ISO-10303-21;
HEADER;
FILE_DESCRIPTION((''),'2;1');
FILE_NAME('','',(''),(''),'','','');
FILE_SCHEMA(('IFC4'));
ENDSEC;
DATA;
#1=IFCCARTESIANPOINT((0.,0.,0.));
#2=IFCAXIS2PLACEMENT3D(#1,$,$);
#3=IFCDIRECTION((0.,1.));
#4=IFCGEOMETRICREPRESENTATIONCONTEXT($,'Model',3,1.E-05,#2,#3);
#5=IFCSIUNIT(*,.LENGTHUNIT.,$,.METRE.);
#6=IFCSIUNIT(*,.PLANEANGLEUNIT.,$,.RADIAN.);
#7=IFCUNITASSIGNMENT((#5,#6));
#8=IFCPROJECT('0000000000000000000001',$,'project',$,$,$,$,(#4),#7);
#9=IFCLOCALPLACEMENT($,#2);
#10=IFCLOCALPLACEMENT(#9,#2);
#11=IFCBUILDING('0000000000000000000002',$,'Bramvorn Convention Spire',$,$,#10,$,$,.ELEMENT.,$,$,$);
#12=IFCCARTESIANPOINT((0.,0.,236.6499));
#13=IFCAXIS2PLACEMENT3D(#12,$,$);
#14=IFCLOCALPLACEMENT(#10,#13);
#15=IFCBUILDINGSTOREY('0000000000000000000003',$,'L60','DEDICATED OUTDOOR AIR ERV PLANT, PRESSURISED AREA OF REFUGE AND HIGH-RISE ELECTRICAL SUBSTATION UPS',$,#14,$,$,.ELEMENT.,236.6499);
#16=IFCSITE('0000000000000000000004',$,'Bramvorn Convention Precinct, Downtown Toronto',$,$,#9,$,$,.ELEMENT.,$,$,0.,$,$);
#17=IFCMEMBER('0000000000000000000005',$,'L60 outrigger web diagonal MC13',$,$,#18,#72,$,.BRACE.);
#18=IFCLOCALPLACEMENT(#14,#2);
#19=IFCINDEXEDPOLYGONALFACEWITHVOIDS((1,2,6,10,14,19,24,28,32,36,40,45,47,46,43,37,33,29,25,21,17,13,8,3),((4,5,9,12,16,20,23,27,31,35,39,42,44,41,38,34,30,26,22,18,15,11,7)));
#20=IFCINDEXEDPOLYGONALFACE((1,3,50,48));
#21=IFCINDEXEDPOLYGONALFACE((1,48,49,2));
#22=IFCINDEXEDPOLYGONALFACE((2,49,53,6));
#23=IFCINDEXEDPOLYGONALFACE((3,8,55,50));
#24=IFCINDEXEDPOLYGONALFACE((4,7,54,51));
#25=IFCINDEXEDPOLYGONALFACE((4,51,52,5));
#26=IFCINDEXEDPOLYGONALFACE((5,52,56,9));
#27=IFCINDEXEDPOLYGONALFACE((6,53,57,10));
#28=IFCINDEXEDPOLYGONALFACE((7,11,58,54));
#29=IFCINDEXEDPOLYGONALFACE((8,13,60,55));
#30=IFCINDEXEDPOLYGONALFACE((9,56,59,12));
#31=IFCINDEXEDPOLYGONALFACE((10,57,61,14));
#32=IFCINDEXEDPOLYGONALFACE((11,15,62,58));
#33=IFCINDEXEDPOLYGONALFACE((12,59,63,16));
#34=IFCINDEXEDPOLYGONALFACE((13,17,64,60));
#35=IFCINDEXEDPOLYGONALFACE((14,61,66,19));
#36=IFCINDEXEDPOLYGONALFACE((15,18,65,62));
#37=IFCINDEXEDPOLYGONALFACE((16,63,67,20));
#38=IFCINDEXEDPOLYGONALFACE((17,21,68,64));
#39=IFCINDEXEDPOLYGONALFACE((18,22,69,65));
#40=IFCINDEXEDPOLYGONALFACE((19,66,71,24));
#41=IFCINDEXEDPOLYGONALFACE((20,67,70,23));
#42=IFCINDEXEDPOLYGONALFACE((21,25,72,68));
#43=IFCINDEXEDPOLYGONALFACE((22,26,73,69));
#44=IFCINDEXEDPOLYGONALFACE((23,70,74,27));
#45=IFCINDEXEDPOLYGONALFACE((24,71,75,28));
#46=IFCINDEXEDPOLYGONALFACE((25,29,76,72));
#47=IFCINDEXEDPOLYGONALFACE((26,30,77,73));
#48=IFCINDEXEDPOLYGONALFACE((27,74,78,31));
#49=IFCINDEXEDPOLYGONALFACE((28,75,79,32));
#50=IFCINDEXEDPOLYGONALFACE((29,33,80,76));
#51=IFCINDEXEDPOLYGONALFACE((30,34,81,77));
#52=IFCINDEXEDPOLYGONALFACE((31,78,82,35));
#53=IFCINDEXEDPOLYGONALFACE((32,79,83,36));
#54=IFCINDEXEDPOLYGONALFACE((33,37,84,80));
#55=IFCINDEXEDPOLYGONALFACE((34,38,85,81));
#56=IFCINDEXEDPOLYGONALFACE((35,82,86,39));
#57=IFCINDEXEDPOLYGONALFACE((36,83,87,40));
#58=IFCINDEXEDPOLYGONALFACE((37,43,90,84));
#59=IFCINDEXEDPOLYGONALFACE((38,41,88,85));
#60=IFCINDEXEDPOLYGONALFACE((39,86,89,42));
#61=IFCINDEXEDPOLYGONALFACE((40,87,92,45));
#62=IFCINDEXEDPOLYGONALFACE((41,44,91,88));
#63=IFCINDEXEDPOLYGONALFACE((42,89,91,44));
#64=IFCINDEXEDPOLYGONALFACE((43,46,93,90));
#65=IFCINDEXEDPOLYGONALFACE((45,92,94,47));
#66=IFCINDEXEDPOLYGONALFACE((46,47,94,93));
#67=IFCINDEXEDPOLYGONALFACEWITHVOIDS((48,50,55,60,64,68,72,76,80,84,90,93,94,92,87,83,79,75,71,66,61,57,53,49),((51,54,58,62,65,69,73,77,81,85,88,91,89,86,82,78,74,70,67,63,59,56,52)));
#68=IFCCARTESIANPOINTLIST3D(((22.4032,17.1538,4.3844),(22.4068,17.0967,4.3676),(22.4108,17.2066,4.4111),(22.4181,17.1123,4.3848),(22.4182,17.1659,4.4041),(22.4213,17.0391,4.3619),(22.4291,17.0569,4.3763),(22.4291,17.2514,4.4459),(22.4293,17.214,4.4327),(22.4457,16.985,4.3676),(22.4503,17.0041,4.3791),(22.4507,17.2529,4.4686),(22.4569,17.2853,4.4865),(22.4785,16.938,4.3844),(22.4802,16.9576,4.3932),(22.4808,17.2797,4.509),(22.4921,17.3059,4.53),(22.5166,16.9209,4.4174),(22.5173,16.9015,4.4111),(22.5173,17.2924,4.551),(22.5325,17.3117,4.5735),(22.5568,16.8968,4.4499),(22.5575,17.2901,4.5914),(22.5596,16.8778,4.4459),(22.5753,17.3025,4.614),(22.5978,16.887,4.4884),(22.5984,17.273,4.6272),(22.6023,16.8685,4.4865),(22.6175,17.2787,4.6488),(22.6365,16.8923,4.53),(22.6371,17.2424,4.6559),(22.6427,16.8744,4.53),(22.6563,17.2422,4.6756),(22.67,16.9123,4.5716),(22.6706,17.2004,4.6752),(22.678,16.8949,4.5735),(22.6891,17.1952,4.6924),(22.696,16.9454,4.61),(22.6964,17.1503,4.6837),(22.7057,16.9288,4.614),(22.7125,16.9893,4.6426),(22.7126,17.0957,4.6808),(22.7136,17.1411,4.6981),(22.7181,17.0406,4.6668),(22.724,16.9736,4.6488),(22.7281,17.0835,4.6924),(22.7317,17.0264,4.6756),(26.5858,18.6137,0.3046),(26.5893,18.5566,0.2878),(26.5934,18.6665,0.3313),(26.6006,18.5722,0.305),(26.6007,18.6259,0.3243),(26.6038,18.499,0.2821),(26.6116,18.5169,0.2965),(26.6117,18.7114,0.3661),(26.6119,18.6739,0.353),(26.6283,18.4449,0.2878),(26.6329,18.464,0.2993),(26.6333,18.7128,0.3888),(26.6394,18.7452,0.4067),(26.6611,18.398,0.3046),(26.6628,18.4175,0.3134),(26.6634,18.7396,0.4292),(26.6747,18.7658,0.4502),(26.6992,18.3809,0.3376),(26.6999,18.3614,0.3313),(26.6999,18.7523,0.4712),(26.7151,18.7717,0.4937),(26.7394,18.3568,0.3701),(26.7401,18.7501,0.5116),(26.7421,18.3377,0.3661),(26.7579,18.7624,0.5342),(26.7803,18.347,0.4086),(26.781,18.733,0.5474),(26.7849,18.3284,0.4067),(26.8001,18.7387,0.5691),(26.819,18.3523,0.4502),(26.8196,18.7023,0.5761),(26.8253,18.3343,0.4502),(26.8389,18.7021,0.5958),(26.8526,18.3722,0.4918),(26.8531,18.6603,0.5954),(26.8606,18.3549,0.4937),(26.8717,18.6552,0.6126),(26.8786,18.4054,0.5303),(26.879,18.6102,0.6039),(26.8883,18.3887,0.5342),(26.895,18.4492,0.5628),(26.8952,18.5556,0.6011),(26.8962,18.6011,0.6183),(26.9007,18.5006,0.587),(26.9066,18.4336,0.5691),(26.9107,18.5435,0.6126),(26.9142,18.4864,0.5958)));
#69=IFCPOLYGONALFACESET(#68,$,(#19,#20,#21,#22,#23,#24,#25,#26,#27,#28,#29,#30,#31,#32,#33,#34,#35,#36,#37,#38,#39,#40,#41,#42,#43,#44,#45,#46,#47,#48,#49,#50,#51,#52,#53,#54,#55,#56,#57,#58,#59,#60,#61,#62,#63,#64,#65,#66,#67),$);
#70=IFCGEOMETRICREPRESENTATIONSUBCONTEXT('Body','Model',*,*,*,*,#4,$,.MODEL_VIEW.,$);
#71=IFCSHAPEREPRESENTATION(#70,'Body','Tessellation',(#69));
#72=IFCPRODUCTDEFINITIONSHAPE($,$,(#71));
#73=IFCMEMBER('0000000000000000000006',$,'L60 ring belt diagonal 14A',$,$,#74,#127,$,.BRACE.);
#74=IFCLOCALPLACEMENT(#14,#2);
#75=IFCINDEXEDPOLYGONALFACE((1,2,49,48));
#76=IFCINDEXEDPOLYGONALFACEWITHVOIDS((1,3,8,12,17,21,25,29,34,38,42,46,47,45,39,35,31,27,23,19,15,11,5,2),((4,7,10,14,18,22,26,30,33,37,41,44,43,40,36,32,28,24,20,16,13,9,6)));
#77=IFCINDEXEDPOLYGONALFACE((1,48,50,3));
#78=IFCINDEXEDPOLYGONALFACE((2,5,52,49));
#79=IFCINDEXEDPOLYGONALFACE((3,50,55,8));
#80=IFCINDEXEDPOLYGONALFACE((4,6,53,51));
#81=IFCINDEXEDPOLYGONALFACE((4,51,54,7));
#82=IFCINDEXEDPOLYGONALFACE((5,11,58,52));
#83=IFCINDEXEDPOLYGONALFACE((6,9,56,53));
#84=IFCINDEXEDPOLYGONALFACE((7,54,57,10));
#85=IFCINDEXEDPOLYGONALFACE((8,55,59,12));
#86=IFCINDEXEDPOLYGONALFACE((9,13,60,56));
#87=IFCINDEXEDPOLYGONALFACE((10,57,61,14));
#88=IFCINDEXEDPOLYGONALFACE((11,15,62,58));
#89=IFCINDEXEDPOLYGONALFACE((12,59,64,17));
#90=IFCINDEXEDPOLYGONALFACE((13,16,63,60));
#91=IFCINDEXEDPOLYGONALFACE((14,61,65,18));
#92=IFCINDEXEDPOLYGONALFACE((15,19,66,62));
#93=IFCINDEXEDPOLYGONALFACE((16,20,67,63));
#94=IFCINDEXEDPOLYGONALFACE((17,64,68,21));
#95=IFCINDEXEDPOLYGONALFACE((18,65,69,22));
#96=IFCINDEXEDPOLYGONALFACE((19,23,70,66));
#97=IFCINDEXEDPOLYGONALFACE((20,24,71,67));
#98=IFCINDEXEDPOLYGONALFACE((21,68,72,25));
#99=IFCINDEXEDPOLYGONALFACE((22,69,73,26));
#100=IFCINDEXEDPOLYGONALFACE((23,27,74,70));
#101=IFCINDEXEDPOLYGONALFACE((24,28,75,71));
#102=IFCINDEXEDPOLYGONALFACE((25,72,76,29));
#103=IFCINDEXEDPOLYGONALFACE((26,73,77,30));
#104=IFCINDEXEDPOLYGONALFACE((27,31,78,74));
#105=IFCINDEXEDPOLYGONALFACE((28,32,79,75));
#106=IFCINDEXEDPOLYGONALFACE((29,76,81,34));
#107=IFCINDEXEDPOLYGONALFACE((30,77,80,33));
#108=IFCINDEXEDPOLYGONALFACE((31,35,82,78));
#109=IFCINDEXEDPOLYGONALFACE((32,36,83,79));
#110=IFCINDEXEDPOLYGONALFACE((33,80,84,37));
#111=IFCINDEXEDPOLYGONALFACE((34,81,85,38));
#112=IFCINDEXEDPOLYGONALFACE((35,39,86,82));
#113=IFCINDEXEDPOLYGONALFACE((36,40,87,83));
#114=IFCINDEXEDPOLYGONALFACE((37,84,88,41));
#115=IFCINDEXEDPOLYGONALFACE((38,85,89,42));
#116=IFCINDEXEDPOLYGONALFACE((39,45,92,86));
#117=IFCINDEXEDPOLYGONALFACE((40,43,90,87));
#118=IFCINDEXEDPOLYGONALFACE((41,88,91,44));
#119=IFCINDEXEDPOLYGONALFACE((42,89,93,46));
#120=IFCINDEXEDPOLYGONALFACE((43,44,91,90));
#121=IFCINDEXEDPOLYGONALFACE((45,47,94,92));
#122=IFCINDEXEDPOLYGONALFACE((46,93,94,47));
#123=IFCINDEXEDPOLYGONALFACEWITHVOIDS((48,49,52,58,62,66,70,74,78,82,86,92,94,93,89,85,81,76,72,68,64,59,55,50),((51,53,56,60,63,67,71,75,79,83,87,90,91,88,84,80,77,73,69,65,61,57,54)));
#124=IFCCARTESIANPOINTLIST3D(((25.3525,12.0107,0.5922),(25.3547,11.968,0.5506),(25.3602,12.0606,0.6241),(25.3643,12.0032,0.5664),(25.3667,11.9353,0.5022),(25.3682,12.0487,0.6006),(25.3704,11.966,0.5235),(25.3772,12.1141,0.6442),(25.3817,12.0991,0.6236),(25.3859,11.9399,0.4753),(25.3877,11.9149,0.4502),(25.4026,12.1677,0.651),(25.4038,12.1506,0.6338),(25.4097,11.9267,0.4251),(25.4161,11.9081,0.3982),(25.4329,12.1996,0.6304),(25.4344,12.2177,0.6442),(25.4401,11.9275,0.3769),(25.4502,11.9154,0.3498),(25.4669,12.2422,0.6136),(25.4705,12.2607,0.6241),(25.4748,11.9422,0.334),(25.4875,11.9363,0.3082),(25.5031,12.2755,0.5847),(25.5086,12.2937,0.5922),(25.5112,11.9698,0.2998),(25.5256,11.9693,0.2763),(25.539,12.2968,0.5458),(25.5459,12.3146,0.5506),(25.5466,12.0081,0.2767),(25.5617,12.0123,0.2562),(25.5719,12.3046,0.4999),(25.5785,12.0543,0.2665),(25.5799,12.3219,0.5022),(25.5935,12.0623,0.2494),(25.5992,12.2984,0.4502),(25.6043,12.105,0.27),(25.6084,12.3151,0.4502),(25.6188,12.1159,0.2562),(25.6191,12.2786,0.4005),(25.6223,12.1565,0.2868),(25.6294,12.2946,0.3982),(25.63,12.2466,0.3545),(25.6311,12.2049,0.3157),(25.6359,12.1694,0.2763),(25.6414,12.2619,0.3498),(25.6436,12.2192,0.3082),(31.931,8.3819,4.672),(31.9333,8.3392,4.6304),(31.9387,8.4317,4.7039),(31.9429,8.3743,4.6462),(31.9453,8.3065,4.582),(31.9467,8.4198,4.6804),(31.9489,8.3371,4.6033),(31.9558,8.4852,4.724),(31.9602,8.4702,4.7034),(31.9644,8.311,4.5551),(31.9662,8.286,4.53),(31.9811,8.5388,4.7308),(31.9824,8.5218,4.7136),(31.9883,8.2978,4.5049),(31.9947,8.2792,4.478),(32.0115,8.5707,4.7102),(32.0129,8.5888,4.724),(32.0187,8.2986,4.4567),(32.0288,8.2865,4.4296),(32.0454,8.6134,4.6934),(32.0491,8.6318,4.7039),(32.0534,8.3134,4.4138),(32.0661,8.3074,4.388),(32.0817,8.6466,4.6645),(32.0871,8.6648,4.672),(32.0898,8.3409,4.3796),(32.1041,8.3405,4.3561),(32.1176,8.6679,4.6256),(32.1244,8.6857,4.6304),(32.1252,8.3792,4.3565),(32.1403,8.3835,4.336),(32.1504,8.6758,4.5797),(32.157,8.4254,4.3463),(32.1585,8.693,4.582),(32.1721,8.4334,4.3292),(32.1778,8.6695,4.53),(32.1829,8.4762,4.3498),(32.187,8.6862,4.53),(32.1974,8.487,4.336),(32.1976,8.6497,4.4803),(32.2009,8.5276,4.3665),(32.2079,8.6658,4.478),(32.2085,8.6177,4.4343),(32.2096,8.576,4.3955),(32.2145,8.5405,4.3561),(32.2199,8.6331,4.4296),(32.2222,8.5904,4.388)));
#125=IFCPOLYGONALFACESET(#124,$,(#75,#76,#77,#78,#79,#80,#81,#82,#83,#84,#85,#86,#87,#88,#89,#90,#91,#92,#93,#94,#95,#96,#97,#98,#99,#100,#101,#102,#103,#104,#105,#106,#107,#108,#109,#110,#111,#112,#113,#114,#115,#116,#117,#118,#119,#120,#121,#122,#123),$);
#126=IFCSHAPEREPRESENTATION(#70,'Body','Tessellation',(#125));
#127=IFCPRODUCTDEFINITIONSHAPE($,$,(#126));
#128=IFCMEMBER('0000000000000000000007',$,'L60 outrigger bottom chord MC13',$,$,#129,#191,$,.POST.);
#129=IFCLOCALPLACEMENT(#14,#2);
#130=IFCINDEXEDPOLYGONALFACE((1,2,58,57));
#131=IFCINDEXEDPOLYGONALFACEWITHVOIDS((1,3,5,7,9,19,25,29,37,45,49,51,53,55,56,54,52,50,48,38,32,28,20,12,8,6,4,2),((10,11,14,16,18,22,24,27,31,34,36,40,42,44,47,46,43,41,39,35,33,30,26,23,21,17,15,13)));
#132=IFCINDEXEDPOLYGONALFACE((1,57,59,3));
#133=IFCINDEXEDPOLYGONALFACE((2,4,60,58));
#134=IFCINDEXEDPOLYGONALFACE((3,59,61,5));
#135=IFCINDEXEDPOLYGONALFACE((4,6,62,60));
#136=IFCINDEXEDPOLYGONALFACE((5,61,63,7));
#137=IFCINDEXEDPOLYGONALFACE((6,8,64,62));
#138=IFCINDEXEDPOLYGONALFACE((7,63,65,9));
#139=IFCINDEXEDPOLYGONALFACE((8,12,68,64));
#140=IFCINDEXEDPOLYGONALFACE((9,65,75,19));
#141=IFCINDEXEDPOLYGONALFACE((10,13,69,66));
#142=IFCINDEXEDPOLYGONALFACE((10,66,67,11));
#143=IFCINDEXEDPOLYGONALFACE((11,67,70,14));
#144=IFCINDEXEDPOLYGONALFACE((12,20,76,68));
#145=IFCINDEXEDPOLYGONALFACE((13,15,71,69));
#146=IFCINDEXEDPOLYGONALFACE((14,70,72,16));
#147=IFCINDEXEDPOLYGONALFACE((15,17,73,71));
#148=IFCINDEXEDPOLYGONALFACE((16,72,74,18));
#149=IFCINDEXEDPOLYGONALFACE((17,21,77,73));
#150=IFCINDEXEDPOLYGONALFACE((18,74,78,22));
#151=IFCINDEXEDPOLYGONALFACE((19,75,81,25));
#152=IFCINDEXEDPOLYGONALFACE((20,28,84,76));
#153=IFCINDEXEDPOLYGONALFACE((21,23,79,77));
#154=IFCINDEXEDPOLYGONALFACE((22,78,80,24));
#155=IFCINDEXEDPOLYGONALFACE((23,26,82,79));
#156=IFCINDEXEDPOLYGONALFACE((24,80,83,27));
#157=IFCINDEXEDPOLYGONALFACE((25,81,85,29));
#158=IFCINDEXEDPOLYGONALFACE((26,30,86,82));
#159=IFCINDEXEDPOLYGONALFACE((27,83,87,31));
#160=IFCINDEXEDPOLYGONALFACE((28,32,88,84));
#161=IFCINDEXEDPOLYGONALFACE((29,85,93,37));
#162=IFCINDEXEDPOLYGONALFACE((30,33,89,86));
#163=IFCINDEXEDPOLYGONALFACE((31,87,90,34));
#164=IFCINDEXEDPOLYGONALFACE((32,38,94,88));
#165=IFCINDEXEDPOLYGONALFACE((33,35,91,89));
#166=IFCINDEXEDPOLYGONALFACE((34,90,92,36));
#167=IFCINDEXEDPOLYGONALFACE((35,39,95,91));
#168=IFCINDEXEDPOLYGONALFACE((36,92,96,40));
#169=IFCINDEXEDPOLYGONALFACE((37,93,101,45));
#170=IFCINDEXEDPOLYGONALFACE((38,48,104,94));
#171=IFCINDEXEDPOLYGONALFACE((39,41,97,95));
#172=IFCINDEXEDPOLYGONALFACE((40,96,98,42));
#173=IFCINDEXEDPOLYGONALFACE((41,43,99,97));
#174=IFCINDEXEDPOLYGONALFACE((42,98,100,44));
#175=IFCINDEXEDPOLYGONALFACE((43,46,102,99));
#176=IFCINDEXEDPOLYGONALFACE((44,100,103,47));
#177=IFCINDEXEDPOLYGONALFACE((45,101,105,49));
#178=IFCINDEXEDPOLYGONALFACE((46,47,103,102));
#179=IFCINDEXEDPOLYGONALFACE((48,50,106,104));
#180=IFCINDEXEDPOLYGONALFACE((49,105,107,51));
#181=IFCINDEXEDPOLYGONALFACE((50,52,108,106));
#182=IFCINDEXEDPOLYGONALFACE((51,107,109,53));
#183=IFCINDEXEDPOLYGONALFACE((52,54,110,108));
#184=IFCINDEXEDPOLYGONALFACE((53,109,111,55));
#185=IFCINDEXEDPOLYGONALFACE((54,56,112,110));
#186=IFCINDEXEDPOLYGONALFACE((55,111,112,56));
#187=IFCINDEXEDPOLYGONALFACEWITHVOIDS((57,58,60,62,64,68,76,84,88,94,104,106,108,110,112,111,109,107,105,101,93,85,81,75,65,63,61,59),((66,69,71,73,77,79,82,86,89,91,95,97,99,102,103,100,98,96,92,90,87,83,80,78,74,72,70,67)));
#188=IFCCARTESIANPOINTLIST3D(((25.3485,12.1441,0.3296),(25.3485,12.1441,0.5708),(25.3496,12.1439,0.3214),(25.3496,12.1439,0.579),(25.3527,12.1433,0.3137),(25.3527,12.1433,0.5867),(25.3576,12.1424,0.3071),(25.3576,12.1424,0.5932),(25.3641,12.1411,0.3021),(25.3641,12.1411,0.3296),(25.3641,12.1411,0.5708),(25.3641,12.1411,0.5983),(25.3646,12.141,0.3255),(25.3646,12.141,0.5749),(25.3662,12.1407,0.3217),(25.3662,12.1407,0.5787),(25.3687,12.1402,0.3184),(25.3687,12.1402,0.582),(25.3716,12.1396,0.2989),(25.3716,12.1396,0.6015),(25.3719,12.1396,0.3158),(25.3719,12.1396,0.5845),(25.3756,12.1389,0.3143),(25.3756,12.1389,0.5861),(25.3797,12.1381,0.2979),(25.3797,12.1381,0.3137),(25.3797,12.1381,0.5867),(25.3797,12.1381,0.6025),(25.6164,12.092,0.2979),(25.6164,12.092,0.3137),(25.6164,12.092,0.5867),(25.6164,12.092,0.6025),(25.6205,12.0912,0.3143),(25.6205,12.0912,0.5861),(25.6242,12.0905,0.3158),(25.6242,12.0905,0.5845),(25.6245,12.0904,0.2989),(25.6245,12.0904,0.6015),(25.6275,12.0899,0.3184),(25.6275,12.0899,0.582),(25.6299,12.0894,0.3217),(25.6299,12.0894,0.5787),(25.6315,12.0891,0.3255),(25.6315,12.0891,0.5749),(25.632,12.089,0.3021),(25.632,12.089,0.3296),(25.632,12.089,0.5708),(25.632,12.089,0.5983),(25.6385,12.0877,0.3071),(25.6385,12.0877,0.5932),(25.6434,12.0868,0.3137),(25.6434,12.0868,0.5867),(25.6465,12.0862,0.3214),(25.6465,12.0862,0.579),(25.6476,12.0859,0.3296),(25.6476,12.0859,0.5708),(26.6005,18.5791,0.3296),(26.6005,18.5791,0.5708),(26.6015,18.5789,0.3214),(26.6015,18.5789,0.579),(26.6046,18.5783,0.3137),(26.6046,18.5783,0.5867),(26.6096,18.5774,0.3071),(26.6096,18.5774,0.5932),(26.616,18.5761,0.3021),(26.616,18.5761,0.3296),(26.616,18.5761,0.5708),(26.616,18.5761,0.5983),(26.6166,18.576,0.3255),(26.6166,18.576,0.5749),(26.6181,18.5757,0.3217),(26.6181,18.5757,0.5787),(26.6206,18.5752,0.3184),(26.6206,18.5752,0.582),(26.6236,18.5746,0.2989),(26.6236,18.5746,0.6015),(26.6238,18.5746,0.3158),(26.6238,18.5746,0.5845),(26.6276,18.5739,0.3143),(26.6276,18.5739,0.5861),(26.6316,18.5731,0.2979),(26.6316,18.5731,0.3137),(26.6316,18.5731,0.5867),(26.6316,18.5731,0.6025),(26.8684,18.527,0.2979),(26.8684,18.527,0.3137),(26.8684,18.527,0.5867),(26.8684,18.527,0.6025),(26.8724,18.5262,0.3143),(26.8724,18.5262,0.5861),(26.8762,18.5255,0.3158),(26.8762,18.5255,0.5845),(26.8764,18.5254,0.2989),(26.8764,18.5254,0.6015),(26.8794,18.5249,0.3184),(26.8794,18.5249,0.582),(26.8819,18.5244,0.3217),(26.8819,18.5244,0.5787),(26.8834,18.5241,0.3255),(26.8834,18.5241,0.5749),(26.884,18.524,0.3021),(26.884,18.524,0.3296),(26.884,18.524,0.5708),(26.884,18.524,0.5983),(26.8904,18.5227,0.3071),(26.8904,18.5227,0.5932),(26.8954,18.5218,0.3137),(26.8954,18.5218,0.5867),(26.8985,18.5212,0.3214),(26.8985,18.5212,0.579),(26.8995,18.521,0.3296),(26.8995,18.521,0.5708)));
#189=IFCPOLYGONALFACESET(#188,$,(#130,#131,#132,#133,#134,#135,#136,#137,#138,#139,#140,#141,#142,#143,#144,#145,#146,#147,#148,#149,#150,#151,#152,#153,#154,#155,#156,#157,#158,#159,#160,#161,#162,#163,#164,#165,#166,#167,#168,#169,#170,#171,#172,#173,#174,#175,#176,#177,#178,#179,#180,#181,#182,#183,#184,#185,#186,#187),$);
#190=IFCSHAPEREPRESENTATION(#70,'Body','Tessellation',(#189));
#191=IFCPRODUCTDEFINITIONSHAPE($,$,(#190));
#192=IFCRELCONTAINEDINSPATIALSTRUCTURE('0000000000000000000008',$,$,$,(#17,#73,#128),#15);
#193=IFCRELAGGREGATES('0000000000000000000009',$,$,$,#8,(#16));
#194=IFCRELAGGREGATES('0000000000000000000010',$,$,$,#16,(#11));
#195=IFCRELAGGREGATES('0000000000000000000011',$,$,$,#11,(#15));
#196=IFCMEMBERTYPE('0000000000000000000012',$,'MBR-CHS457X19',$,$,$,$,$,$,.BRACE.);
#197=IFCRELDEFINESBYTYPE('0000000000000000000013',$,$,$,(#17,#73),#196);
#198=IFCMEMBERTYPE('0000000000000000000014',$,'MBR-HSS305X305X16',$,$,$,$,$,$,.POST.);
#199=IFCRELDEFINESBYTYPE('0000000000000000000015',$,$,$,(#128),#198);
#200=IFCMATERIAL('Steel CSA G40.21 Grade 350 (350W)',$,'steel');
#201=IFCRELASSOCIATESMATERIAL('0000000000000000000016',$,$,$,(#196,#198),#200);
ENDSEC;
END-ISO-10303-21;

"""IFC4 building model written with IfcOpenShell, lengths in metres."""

from ifc_helpers import new_model, si_unit, direction, frame, origin, origin_2d, place, context, subcontext, project, spatial, hollow_rectangle, hollow_circle, extrude, material, material_profile, profile_set, type_object, element, save


model = new_model("IFC4")

# Units and contexts
model_context = context("Model", 3, precision=1e-05, world=origin(), true_north=direction((0.0, 1.0)))
body_context = subcontext(model_context, "Body", "Model", "MODEL_VIEW")
ifc_project = project(units=[si_unit("LENGTHUNIT", "METRE"), si_unit("PLANEANGLEUNIT", "RADIAN")], contexts=[model_context])

# Site, building, storey
site_placement = place(None, origin())
site = spatial("IfcSite", under=ifc_project, at=site_placement, Name="Bramvorn Convention Precinct, Downtown Toronto", CompositionType="ELEMENT", RefElevation=0.0)
building_placement = place(site_placement, origin())
building = spatial("IfcBuilding", under=site, at=building_placement, Name="Bramvorn Convention Spire", CompositionType="ELEMENT")
storey_placement = place(building_placement, frame((0.0, 0.0, 236.6499)))
storey = spatial("IfcBuildingStorey", under=building, at=storey_placement, Name="L60", Description="DEDICATED OUTDOOR AIR ERV PLANT, PRESSURISED AREA OF REFUGE AND HIGH-RISE ELECTRICAL SUBSTATION UPS", CompositionType="ELEMENT", Elevation=236.6499)

# Shared definitions
ifc_material_1 = material(Name="Steel CSA G40.21 Grade 350 (350W)", Category="steel")

# Members
ifc_material_profile_1 = material_profile(ifc_material_1, hollow_circle(Radius=0.2285, WallThickness=0.019, at=origin_2d()))
ifc_profile_set_1 = profile_set([ifc_material_profile_1], Name="Steel CSA G40.21 Grade 350 (350W) - CHS457X19")
member_type_1 = type_object("IfcMemberType", Name="MBR-CHS457X19", PredefinedType="BRACE", material=ifc_profile_set_1)
member_1_placement = place(storey_placement, frame((26.75, 18.55, 0.4502), z_axis=(-0.694496, -0.242417, 0.677429), x_axis=(0.329555, -0.944136, 0.0)))
element("IfcMember", 1, at=member_1_placement, inside=storey, type_object=member_type_1, Name="L60 outrigger web diagonal MC13", PredefinedType="BRACE", context=body_context, shape_type="SweptSolid", body=[
    extrude(hollow_circle(Radius=0.2285, WallThickness=0.019, at=origin_2d()), origin(), (0.0, 0.0, 1.0), 6.0225),
])
member_2_placement = place(storey_placement, frame((25.498, 12.115, 0.4502), z_axis=(0.769483, -0.424464, 0.477207), x_axis=(0.483009, 0.875616, 0.0)))
element("IfcMember", 2, at=member_2_placement, inside=storey, type_object=member_type_1, Name="L60 ring belt diagonal 14A", PredefinedType="BRACE", context=body_context, shape_type="SweptSolid", body=[
    extrude(hollow_circle(Radius=0.2285, WallThickness=0.019, at=origin_2d()), origin(), (0.0, 0.0, 1.0), 8.5493),
])
ifc_material_profile_2 = material_profile(ifc_material_1, hollow_rectangle(XDim=0.3047, YDim=0.3047, WallThickness=0.0159, InnerFilletRadius=0.0159, OuterFilletRadius=0.0317, at=origin_2d()))
ifc_profile_set_2 = profile_set([ifc_material_profile_2], Name="Steel CSA G40.21 Grade 350 (350W) - HSS305X305X16")
member_type_2 = type_object("IfcMemberType", Name="MBR-HSS305X305X16", PredefinedType="POST", material=ifc_profile_set_2)
member_3_placement = place(storey_placement, frame((26.75, 18.55, 0.4502), z_axis=(-0.190971, -0.981596, 0.0), x_axis=(0.981596, -0.190971, 0.0)))
element("IfcMember", 3, at=member_3_placement, inside=storey, type_object=member_type_2, Name="L60 outrigger bottom chord MC13", PredefinedType="POST", context=body_context, shape_type="SweptSolid", body=[
    extrude(hollow_rectangle(XDim=0.3047, YDim=0.3047, WallThickness=0.0159, InnerFilletRadius=0.0159, OuterFilletRadius=0.0317, at=origin_2d()), origin(), (0.0, 0.0, 1.0), 6.5557),
])

save(model, "model.ifc")
